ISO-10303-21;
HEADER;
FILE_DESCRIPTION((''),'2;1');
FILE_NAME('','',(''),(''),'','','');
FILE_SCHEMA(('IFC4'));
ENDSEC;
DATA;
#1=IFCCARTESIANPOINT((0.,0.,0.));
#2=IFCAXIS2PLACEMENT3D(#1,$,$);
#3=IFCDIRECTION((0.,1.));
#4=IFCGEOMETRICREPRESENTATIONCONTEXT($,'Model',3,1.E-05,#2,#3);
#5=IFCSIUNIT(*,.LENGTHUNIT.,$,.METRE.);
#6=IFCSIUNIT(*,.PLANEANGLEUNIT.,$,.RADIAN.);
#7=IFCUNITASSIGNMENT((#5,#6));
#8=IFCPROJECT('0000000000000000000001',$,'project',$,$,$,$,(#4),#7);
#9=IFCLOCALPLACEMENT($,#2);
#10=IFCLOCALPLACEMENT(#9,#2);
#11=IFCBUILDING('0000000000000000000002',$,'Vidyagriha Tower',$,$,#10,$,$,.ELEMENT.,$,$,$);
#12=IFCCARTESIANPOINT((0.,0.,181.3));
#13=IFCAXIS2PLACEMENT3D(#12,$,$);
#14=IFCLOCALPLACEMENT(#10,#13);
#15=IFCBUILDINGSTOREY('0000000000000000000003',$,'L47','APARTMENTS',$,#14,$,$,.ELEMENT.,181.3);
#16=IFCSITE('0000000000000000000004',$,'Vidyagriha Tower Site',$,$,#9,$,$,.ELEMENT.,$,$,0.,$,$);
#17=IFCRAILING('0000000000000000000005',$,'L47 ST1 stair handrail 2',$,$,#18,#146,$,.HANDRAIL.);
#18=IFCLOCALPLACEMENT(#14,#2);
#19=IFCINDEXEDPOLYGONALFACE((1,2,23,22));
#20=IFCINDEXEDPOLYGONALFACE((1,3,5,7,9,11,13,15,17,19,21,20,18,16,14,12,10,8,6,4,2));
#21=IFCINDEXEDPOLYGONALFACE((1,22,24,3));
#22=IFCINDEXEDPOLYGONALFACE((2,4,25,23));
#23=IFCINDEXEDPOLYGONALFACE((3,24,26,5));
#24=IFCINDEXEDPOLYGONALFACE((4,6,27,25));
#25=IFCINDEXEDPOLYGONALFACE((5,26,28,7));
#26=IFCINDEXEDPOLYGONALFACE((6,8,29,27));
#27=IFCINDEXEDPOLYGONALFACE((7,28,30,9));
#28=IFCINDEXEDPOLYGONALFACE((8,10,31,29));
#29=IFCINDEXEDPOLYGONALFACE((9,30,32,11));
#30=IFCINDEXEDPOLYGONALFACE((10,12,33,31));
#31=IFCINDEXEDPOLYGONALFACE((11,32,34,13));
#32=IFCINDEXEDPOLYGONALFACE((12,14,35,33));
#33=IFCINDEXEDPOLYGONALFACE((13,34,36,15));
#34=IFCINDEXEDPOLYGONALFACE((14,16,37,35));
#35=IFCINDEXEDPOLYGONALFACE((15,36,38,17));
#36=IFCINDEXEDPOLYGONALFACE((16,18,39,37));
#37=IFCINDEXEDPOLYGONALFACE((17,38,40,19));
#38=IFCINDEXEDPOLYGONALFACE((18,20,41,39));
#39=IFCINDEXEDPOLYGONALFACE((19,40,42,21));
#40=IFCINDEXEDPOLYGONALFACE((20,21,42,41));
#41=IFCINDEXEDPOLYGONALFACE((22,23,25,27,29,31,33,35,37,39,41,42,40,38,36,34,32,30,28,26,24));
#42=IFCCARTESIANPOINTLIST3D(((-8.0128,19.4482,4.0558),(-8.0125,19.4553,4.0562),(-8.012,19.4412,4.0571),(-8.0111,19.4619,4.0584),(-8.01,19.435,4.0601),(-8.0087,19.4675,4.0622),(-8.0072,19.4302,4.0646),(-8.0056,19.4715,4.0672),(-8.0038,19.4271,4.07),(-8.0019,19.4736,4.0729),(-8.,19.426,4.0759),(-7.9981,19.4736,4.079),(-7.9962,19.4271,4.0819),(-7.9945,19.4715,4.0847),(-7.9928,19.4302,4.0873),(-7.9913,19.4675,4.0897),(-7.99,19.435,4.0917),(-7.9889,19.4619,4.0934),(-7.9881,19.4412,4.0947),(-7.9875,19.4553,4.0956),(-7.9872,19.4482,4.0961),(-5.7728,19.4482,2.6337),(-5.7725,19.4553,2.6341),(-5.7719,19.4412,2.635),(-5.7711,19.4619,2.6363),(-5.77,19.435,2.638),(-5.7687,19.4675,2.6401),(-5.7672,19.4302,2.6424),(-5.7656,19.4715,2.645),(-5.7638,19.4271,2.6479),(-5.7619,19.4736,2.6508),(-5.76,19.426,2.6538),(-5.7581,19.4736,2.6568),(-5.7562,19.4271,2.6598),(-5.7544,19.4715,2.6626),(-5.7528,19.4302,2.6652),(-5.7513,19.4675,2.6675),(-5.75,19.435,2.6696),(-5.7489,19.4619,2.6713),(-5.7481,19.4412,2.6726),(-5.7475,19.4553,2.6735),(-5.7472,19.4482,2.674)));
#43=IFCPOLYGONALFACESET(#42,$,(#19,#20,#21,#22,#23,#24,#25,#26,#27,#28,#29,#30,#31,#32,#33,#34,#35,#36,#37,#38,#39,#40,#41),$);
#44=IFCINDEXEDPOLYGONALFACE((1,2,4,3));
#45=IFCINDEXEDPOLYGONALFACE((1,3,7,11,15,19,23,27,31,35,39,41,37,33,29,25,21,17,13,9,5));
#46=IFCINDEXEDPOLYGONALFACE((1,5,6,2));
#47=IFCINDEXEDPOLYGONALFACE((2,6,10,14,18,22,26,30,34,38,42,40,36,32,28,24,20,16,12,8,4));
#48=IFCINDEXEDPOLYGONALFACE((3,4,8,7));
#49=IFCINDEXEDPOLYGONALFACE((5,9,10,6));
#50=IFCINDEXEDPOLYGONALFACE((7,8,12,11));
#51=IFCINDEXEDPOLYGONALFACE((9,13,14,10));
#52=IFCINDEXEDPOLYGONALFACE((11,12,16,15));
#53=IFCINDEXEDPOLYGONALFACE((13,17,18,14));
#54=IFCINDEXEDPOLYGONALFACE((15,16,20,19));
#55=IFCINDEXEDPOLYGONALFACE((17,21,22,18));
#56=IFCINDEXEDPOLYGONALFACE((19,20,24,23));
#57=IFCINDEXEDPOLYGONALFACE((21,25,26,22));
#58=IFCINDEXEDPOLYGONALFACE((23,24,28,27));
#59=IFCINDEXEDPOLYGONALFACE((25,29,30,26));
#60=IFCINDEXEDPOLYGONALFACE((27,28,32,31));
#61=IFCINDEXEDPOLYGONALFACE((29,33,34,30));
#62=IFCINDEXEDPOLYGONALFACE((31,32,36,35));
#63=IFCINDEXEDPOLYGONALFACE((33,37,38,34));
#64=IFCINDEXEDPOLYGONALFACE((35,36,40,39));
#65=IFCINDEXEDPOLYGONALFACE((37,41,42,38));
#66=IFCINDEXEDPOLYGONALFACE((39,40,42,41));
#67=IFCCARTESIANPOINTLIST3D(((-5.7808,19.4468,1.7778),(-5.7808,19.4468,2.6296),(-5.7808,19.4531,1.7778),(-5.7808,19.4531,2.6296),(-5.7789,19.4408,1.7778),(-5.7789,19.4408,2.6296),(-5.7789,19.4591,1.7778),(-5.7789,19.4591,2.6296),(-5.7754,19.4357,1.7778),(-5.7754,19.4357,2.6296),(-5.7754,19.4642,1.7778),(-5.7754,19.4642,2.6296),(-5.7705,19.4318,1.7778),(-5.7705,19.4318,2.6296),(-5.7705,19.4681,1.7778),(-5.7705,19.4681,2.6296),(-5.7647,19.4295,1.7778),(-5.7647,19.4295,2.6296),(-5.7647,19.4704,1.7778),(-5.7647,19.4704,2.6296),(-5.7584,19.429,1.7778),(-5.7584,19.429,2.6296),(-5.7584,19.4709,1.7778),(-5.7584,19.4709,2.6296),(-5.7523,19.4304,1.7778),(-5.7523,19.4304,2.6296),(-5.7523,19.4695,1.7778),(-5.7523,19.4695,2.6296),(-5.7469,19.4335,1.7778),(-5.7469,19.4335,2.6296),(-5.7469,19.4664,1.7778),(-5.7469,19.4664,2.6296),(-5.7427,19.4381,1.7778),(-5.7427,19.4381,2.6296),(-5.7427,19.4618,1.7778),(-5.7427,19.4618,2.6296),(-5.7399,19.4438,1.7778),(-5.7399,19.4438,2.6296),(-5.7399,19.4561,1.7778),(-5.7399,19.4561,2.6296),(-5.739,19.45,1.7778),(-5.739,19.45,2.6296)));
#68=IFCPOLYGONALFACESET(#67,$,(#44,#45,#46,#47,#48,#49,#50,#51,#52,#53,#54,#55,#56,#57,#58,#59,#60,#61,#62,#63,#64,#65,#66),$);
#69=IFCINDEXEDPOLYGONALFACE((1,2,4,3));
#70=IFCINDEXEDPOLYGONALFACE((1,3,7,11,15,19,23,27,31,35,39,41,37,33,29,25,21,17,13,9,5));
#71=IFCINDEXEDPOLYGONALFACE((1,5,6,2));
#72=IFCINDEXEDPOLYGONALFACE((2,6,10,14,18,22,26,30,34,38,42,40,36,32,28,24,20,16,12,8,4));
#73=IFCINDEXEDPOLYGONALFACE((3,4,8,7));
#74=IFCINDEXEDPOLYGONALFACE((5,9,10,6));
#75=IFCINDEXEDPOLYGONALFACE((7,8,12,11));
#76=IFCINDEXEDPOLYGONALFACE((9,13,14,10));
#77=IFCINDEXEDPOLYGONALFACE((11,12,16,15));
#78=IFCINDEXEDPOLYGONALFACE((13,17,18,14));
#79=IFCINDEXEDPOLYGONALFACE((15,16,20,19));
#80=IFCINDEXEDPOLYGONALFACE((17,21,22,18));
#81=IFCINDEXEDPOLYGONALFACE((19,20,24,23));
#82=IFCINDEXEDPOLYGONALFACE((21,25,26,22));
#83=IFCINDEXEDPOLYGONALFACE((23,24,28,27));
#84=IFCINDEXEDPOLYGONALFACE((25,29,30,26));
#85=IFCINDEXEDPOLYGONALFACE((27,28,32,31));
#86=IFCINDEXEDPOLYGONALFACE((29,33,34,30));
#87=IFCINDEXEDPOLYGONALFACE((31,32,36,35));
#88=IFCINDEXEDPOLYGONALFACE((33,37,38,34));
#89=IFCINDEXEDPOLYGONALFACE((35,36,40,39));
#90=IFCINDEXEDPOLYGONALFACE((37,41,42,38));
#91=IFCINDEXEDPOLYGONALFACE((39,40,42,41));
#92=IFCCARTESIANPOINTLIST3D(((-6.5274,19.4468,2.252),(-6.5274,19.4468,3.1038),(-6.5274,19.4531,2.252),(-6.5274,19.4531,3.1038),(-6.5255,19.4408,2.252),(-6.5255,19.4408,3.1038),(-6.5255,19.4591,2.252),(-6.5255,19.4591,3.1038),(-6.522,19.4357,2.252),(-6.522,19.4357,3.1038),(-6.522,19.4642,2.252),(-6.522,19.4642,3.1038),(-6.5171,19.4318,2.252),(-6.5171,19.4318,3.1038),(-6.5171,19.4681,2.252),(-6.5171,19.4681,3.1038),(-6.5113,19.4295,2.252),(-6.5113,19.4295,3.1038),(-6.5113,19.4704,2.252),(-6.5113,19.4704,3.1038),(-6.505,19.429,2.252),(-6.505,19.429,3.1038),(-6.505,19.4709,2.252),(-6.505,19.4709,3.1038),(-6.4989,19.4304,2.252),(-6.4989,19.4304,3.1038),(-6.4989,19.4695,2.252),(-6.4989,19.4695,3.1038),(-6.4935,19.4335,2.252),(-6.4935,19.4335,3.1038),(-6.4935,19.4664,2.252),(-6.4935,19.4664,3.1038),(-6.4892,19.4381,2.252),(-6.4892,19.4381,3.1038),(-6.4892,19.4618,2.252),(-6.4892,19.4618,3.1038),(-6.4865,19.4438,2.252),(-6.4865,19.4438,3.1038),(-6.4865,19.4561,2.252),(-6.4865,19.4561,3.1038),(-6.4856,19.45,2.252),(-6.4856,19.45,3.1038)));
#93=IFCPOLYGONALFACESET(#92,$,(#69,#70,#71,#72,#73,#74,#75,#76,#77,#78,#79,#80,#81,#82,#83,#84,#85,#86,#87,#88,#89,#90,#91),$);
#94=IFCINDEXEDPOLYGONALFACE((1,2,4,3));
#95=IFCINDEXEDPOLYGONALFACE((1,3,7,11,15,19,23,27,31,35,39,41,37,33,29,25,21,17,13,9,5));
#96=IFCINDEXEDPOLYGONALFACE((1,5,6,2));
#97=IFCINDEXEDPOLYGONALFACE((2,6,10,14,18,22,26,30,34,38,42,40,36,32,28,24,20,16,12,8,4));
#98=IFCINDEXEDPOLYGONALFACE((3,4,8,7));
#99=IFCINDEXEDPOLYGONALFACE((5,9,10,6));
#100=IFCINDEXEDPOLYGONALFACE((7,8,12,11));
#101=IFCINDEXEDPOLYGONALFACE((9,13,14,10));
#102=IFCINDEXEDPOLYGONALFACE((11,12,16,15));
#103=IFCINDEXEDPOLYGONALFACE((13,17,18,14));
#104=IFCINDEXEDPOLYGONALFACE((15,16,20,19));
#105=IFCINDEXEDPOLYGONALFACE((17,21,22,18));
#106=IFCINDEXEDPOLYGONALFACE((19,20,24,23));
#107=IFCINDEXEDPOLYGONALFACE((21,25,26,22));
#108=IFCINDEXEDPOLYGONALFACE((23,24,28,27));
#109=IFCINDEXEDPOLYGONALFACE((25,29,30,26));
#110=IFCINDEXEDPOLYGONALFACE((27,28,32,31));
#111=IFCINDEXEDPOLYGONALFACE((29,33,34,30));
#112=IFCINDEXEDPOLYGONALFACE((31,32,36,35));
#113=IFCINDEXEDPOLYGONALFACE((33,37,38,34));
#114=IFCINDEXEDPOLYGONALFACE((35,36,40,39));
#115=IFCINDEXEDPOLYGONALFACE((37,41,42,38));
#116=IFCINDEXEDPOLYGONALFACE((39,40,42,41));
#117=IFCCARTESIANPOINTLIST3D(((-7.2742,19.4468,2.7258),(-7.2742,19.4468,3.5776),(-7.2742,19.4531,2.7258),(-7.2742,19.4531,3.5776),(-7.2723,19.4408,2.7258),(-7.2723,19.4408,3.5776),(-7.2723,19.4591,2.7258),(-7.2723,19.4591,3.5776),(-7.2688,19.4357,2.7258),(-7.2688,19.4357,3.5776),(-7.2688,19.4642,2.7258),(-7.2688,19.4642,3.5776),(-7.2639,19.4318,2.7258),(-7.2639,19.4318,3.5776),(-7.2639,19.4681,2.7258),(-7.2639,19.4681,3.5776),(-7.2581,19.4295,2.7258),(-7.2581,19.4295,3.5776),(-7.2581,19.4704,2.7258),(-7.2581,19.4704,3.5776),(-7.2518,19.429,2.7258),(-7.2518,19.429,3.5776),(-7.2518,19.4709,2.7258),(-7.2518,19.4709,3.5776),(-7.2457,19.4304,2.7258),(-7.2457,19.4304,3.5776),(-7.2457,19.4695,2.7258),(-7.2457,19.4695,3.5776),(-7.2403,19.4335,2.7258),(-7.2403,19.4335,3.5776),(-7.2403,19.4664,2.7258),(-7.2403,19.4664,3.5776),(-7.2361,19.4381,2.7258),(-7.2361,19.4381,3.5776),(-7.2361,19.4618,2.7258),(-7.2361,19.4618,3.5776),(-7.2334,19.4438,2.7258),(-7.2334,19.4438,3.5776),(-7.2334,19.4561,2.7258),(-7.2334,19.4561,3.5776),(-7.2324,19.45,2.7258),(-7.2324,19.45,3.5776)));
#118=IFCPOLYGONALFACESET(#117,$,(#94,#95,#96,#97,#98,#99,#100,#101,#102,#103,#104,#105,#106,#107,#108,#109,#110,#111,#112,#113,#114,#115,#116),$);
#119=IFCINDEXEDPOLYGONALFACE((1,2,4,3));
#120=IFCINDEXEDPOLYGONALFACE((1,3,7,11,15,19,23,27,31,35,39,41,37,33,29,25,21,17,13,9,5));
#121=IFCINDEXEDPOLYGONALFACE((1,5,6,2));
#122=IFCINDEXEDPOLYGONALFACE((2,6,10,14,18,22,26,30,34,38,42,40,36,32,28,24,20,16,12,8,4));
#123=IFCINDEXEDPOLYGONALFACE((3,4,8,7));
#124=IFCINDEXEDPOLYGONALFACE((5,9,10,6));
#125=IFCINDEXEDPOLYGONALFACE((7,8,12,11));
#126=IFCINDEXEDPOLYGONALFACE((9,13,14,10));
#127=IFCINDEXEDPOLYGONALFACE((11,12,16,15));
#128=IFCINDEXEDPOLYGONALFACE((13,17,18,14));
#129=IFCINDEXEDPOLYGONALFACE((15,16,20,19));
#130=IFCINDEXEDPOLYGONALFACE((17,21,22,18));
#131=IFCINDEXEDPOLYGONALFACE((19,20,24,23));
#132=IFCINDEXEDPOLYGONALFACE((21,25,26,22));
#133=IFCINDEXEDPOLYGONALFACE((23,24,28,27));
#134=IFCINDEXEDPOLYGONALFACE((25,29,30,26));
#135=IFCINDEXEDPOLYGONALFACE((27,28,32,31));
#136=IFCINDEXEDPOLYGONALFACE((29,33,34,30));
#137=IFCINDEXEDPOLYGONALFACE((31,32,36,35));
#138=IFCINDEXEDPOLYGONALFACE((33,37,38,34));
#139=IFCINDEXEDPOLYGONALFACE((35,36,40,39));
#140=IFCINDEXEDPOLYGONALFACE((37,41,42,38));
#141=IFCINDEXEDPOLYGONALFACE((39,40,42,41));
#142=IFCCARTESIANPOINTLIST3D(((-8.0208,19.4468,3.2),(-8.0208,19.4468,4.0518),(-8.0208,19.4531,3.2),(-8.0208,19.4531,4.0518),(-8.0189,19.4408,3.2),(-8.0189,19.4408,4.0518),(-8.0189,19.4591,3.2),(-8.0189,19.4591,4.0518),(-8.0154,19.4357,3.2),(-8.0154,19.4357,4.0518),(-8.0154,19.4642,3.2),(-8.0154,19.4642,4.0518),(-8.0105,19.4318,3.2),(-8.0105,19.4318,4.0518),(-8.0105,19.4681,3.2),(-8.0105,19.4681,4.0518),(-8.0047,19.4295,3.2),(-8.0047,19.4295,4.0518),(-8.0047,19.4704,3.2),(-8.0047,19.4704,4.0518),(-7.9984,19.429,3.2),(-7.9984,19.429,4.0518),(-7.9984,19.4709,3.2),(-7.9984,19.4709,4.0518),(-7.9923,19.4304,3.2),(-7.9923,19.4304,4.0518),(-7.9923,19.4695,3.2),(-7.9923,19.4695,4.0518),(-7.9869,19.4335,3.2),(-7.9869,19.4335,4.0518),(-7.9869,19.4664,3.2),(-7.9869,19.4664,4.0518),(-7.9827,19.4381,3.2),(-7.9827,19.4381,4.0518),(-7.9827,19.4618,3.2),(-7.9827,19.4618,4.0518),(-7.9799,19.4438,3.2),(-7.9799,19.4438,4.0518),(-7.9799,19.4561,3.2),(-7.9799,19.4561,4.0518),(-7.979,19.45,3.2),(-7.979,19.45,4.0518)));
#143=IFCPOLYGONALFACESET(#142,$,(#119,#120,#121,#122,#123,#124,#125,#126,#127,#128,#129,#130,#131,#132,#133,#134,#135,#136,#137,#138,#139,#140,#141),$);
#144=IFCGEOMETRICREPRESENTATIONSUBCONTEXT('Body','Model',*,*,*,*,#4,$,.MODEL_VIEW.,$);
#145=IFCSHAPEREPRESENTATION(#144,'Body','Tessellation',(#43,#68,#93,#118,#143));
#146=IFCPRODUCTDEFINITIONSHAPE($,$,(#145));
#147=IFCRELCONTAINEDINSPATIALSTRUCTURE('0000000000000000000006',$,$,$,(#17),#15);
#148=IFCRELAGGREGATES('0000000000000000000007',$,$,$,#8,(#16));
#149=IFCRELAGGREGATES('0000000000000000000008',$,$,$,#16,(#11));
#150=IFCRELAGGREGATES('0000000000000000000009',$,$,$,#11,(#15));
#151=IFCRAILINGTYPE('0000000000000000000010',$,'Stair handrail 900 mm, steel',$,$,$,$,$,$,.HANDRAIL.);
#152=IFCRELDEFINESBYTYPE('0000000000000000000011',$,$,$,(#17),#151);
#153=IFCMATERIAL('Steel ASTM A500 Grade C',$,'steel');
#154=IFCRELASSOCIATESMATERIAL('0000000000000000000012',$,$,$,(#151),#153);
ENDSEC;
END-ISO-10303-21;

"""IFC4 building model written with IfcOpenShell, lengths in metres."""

from ifc_helpers import new_model, si_unit, direction, frame, origin, origin_2d, place, context, subcontext, project, spatial, circle, extrude, material, type_object, element, save


model = new_model("IFC4")

# Units and contexts
model_context = context("Model", 3, precision=1e-05, world=origin(), true_north=direction((0.0, 1.0)))
body_context = subcontext(model_context, "Body", "Model", "MODEL_VIEW")
ifc_project = project(units=[si_unit("LENGTHUNIT", "METRE"), si_unit("PLANEANGLEUNIT", "RADIAN")], contexts=[model_context])

# Site, building, storey
site_placement = place(None, origin())
site = spatial("IfcSite", under=ifc_project, at=site_placement, Name="Vidyagriha Tower Site", CompositionType="ELEMENT", RefElevation=0.0)
building_placement = place(site_placement, origin())
building = spatial("IfcBuilding", under=site, at=building_placement, Name="Vidyagriha Tower", CompositionType="ELEMENT")
storey_placement = place(building_placement, frame((0.0, 0.0, 181.3)))
storey = spatial("IfcBuildingStorey", under=building, at=storey_placement, Name="L47", Description="APARTMENTS", CompositionType="ELEMENT", Elevation=181.3)

# Railing
ifc_material_1 = material(Name="Steel ASTM A500 Grade C", Category="steel")
railing_type_1 = type_object("IfcRailingType", Name="Stair handrail 900 mm, steel", PredefinedType="HANDRAIL", material=ifc_material_1)
railing_1_placement = place(storey_placement, frame((-5.76, 19.45, 1.7778)))
element("IfcRailing", 1, at=railing_1_placement, inside=storey, type_object=railing_type_1, Name="L47 ST1 stair handrail 2", PredefinedType="HANDRAIL", context=body_context, shape_type="SweptSolid", body=[
    extrude(circle(Radius=0.0239, at=origin_2d()), frame((0.0, 0.0, 0.876), z_axis=(-0.844229, 0.0, 0.535982), x_axis=(0.0, -1.0, 0.0)), (0.0, 0.0, 1.0), 2.6533),
    extrude(circle(Radius=0.021, at=origin_2d()), origin(), (0.0, 0.0, 1.0), 0.8518),
    extrude(circle(Radius=0.021, at=origin_2d()), frame((-0.7466, 0.0, 0.4741)), (0.0, 0.0, 1.0), 0.8518),
    extrude(circle(Radius=0.021, at=origin_2d()), frame((-1.4934, 0.0, 0.948)), (0.0, 0.0, 1.0), 0.8518),
    extrude(circle(Radius=0.021, at=origin_2d()), frame((-2.24, 0.0, 1.4221)), (0.0, 0.0, 1.0), 0.8518),
])

save(model, "model.ifc")
